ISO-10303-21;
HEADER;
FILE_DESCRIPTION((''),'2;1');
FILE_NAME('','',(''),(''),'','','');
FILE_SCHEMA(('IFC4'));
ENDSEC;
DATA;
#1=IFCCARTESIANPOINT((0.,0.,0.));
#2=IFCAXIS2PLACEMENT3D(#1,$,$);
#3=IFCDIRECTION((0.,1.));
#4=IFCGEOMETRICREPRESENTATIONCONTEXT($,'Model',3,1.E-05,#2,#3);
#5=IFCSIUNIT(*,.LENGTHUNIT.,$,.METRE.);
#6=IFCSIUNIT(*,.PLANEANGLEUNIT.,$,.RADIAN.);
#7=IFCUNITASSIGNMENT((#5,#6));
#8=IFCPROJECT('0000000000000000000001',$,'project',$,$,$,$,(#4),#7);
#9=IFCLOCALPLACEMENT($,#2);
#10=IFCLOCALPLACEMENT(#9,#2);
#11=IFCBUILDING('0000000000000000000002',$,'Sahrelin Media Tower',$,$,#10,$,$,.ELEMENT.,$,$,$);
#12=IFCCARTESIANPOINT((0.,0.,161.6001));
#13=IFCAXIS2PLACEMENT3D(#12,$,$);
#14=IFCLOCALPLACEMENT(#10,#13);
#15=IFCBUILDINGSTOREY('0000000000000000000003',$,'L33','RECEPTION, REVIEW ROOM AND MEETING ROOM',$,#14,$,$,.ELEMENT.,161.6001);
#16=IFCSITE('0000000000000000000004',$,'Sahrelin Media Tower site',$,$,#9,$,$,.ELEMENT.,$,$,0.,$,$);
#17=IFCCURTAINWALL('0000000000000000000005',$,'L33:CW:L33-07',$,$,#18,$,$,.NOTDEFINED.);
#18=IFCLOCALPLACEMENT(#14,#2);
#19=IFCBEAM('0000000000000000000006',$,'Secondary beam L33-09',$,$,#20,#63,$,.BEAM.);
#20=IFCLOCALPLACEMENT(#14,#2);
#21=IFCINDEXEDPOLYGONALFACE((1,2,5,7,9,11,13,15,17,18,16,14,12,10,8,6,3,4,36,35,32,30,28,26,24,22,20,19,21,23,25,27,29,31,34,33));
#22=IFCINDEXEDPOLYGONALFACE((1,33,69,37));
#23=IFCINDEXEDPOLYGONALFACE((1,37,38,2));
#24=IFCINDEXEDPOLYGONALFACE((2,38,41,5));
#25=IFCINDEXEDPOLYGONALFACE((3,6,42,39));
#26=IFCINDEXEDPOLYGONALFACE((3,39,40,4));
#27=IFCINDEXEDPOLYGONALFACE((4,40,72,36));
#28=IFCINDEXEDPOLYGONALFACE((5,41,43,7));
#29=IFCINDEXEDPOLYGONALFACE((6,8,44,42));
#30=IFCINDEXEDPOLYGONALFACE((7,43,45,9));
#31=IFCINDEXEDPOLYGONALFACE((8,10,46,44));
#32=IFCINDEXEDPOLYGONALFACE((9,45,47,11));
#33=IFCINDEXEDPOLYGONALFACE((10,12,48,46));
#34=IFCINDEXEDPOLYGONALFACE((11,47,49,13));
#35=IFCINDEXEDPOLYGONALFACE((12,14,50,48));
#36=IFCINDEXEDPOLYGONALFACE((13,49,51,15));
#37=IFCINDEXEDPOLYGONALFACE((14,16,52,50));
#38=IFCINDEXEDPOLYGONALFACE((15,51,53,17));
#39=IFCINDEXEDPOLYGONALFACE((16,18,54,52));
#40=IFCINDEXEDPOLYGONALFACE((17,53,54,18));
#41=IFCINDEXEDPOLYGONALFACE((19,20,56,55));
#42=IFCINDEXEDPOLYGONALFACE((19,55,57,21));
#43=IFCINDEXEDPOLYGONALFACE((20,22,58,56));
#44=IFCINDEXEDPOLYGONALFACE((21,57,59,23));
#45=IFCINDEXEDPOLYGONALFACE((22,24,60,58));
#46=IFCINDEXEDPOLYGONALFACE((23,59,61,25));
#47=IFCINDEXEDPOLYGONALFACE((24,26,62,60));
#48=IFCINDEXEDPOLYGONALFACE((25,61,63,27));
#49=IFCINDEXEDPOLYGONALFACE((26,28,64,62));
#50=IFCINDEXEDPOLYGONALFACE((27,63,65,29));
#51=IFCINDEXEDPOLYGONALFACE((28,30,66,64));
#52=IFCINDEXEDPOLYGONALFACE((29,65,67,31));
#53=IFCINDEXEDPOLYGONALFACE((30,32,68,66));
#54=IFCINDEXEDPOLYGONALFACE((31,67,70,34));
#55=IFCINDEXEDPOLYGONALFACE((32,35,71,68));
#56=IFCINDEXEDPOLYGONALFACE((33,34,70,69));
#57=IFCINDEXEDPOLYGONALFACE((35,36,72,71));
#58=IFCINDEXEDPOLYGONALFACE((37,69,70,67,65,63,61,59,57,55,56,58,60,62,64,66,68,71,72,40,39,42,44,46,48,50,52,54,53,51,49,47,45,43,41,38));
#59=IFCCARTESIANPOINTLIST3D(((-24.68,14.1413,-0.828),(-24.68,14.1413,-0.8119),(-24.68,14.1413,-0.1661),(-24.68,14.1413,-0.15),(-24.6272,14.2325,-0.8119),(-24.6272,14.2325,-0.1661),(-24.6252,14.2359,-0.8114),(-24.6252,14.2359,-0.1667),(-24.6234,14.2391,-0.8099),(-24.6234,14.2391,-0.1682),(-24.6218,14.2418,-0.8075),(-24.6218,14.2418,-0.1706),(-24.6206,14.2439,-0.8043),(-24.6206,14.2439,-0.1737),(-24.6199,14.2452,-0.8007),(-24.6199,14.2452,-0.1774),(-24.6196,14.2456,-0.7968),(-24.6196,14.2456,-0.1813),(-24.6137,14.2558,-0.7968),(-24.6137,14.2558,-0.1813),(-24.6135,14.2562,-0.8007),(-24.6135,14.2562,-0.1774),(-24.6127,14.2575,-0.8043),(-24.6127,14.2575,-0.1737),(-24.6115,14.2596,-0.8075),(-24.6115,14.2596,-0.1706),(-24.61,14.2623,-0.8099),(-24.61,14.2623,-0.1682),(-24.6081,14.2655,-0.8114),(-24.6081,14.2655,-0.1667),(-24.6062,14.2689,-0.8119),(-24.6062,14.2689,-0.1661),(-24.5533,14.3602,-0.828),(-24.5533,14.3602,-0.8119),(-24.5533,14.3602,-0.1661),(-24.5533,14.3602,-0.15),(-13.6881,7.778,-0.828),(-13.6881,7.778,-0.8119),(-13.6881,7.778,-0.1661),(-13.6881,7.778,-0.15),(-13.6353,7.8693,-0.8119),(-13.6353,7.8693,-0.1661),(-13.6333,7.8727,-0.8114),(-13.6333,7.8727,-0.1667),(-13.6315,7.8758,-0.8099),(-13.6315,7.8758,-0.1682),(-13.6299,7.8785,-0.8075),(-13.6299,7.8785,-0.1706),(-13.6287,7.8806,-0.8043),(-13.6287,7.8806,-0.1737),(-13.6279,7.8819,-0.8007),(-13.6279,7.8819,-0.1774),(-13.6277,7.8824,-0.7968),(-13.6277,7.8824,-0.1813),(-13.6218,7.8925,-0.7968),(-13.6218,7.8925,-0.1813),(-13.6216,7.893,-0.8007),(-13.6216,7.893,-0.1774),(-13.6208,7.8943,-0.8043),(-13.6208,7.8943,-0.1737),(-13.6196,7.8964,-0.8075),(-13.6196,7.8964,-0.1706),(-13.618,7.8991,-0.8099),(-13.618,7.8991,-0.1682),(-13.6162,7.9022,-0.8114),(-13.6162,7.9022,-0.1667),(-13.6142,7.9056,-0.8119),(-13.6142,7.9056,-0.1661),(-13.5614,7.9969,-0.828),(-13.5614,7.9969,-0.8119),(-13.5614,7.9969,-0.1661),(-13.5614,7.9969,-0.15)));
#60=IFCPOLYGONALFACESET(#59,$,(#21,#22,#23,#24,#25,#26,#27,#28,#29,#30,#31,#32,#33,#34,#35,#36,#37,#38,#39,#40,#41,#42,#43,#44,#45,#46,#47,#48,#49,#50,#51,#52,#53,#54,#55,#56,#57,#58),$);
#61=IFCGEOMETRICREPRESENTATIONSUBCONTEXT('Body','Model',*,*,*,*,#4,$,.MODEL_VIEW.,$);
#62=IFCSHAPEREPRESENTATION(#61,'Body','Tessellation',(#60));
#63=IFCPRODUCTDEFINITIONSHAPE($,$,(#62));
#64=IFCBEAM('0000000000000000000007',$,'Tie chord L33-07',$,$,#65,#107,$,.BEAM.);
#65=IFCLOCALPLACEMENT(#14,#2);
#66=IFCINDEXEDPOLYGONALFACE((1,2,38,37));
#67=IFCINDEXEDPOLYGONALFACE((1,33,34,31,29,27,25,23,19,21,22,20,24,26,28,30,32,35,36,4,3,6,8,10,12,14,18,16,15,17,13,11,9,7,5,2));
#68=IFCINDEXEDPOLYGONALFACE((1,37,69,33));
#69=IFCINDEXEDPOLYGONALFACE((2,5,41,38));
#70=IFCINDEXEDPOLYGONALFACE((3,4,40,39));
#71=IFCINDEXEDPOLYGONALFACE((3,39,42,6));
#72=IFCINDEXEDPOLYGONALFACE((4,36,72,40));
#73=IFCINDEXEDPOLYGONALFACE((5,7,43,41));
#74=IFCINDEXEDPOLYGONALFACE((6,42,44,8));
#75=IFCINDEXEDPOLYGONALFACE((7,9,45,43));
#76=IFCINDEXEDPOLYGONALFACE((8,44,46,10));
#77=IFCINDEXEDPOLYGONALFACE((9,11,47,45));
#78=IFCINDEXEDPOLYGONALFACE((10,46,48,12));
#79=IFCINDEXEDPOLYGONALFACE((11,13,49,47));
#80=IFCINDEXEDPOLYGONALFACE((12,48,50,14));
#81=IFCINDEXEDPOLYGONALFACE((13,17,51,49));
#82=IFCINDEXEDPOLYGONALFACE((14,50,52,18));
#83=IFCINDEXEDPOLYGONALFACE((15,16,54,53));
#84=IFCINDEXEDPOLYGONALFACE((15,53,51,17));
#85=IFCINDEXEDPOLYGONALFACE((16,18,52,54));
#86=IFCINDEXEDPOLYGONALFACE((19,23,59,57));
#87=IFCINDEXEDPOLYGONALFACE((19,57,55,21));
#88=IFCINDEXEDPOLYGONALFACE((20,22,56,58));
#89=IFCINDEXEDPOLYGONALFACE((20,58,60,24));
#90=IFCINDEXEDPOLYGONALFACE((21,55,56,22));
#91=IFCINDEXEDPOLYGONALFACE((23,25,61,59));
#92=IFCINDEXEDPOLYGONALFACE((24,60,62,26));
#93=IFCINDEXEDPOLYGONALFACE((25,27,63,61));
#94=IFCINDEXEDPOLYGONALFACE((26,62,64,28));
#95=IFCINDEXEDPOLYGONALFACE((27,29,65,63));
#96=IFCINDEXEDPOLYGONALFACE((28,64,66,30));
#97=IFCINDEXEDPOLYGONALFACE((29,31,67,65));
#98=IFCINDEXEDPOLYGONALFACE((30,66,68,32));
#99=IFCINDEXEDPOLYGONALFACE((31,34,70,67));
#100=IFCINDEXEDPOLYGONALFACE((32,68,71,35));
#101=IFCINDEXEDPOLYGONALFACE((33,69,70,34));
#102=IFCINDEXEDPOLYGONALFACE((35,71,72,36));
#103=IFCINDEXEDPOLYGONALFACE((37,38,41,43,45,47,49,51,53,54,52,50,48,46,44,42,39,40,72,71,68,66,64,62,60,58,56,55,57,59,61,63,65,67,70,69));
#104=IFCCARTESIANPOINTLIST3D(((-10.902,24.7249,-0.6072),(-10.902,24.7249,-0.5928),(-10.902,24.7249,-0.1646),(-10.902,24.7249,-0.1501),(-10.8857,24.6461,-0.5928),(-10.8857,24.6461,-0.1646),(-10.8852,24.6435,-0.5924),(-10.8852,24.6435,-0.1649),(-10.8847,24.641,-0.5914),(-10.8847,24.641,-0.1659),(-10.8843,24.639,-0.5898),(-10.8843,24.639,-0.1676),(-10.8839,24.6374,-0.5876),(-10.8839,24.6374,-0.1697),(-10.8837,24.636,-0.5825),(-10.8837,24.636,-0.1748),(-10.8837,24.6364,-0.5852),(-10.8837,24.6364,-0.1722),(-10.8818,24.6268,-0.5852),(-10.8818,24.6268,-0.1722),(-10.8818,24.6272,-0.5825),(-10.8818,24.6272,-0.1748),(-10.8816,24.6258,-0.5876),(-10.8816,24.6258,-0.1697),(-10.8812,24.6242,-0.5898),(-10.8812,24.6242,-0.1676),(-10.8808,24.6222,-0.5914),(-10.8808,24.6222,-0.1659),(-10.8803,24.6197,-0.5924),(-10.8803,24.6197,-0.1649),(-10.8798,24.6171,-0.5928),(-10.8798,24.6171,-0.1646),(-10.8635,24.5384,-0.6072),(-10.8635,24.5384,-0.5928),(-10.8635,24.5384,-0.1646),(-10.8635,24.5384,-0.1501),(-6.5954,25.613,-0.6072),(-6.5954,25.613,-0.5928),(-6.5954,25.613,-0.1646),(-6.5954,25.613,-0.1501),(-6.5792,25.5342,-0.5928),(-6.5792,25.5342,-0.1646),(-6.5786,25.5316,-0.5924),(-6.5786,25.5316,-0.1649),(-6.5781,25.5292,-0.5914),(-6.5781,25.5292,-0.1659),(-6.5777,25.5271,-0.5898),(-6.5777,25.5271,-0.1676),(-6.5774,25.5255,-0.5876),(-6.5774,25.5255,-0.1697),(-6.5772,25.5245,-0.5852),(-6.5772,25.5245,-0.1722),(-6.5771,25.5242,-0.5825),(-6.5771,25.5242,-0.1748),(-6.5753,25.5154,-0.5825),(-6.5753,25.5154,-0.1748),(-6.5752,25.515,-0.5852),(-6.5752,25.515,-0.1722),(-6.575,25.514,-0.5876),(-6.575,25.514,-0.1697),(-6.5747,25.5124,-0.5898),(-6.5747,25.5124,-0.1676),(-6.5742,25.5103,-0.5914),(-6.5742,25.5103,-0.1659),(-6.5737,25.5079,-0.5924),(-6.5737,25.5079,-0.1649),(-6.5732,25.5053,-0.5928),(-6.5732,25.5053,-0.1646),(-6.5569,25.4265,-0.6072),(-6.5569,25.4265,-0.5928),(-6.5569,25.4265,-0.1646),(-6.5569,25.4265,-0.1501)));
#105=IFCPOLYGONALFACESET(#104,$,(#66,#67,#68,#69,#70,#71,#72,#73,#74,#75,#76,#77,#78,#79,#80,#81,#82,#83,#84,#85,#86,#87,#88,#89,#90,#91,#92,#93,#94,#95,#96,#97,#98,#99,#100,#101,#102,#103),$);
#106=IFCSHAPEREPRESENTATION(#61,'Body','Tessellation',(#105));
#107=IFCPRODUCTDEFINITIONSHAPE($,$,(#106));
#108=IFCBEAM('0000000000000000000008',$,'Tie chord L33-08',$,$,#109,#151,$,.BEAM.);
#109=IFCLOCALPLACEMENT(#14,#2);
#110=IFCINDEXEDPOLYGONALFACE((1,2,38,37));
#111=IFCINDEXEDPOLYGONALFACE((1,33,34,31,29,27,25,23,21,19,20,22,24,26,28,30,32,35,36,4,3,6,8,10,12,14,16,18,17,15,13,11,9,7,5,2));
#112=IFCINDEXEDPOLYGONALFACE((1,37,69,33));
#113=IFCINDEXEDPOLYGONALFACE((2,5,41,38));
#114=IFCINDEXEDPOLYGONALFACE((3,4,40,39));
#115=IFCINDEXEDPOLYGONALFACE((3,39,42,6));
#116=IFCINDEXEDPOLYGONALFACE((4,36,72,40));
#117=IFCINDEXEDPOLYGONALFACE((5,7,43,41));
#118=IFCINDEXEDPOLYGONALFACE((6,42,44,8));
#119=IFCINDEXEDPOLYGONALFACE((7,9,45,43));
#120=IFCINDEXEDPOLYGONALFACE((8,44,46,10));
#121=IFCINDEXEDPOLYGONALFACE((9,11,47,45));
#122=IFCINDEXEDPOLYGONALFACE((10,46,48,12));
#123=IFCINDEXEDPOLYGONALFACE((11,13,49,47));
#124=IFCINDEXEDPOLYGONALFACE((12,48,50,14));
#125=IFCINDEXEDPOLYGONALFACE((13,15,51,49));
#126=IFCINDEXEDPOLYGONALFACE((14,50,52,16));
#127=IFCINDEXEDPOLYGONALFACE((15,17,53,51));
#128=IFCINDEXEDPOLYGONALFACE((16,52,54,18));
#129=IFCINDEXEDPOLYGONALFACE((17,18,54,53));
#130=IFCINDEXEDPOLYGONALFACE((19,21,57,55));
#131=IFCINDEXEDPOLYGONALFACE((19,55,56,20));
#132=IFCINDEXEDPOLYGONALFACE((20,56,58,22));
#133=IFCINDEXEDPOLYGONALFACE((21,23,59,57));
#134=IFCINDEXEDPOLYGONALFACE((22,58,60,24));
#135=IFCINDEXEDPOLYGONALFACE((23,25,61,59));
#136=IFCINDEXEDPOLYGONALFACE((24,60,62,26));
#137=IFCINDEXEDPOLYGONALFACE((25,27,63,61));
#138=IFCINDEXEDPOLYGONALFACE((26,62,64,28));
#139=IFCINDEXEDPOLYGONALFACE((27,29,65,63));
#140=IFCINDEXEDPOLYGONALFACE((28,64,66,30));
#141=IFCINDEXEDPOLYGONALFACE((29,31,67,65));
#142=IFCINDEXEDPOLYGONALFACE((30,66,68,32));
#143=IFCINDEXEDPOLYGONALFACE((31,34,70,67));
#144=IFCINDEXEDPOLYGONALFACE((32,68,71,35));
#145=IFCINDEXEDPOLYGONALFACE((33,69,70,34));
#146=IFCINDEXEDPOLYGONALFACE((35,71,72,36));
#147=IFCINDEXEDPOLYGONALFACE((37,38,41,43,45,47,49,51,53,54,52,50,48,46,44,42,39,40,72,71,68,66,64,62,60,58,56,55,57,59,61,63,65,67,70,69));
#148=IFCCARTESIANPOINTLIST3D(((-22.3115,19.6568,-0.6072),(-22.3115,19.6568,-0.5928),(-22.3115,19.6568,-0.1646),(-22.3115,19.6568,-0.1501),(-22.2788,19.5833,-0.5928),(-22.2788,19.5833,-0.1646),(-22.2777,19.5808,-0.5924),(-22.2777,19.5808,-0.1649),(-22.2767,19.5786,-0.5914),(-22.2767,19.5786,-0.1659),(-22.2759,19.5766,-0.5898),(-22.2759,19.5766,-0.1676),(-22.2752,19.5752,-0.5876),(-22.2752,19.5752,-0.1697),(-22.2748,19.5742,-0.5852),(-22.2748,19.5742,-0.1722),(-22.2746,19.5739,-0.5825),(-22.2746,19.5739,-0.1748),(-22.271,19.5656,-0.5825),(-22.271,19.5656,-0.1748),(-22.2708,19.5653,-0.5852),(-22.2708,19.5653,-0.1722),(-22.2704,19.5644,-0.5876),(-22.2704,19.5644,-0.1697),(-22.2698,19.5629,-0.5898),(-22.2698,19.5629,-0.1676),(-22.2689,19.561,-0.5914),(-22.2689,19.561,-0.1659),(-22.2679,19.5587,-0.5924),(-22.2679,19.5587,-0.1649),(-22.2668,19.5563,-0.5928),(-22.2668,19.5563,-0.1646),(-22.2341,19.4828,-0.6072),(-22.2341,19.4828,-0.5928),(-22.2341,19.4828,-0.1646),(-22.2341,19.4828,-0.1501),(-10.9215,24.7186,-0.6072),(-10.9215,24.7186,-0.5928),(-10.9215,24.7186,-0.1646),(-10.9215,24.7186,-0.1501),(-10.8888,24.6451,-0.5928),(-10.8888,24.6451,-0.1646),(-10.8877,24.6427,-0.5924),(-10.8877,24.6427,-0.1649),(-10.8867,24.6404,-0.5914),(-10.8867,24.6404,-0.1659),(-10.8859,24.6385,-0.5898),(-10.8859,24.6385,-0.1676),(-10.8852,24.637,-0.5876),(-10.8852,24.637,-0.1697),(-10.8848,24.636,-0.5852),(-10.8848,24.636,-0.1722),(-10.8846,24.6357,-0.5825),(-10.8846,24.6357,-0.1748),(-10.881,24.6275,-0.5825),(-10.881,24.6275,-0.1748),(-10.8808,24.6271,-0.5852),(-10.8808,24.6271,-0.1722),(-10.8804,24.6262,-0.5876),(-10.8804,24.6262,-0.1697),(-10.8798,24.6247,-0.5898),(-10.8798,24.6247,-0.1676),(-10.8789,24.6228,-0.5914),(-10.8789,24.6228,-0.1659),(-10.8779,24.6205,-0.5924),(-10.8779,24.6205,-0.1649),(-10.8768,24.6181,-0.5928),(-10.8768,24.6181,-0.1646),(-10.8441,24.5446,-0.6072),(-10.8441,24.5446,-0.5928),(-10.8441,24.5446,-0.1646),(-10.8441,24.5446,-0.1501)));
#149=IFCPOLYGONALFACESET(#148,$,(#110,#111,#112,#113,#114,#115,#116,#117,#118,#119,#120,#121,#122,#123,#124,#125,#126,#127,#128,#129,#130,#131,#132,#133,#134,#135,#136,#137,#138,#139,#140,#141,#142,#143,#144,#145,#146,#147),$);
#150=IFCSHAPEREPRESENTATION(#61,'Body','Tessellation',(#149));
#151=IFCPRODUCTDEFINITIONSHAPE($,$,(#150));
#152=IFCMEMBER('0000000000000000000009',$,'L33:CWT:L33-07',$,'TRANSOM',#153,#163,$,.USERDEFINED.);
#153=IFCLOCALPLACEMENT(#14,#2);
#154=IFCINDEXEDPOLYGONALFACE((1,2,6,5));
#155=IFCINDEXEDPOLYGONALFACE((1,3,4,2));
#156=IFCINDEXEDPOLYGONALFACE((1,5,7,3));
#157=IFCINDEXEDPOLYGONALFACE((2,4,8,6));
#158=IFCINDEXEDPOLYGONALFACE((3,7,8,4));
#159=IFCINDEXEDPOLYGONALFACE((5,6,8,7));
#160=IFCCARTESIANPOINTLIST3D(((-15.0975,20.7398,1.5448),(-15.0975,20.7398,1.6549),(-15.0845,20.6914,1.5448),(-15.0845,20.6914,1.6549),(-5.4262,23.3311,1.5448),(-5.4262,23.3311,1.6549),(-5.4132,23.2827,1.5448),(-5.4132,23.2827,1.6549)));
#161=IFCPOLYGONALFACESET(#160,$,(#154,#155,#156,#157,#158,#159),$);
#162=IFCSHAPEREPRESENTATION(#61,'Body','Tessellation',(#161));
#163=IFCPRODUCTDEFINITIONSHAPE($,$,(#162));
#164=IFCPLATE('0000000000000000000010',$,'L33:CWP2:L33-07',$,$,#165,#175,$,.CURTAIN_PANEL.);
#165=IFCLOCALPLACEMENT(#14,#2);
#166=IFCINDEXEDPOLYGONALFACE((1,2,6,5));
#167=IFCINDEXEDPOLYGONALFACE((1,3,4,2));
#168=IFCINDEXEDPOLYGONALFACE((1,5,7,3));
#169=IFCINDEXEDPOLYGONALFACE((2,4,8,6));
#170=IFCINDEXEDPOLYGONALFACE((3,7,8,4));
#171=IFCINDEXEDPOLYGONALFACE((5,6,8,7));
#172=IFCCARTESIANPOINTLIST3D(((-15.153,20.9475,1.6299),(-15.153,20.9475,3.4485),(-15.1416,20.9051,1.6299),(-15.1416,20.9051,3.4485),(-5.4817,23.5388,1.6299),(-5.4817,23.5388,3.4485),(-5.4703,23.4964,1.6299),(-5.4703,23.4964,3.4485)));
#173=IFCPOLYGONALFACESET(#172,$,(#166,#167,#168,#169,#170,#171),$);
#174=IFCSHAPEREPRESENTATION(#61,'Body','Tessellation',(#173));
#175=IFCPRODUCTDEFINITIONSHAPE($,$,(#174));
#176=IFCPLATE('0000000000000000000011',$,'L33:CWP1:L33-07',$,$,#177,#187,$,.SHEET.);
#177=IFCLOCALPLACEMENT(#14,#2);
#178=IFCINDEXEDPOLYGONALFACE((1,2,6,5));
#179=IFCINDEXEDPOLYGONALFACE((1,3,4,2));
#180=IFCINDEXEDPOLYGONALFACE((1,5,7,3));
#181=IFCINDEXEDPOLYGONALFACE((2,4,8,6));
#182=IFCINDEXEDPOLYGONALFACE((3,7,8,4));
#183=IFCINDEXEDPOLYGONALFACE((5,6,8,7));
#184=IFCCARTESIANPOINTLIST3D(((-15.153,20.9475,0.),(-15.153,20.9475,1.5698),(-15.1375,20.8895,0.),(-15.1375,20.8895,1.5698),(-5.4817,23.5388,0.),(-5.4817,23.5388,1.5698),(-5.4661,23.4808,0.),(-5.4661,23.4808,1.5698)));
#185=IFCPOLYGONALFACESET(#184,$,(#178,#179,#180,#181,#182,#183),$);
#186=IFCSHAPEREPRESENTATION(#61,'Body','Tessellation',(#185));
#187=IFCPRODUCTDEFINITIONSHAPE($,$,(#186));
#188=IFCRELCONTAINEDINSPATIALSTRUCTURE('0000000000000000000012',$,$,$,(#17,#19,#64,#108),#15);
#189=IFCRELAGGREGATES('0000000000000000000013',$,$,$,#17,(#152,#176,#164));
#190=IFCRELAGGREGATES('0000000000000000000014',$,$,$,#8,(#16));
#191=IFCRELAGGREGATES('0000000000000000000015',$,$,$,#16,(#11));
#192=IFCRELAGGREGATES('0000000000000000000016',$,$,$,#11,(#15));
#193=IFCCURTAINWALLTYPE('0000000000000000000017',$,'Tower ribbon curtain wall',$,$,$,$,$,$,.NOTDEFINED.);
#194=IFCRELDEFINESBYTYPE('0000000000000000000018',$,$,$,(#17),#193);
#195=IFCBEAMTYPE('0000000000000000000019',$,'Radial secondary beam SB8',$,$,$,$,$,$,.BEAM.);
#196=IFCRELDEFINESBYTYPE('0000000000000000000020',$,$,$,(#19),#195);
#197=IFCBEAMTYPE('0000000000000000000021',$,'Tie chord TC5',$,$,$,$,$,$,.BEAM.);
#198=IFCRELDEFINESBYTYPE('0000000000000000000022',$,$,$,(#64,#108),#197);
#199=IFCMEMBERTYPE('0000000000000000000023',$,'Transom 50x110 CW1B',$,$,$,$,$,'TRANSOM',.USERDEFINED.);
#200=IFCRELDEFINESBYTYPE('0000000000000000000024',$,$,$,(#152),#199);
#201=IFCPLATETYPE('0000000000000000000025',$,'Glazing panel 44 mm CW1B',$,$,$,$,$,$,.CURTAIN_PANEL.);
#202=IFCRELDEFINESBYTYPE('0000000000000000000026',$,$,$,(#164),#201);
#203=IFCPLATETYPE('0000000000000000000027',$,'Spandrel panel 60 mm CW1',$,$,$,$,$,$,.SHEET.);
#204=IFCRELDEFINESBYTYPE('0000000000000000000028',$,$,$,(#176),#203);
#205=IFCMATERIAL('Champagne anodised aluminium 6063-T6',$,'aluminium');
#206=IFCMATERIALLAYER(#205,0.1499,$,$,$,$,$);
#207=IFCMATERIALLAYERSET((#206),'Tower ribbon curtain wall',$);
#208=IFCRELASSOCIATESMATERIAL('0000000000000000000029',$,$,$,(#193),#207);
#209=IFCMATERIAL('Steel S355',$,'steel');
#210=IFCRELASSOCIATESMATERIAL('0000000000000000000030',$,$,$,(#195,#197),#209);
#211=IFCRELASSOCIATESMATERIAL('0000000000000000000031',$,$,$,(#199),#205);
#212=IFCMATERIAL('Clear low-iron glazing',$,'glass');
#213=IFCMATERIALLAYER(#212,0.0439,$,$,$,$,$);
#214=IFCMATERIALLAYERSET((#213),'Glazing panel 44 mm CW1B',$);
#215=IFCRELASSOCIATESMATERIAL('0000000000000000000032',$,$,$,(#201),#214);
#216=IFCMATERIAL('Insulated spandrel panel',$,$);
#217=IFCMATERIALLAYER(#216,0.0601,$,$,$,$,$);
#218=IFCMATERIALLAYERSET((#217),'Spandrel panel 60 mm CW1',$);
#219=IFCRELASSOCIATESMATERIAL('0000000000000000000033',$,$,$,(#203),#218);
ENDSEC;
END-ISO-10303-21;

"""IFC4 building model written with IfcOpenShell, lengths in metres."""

from ifc_helpers import new_model, si_unit, direction, frame, origin, origin_2d, place, context, subcontext, project, spatial, polyline, rectangle, i_section, outline, extrude, material, layer, layer_set, material_profile, profile_set, type_object, element, aggregate, save


model = new_model("IFC4")

# Units and contexts
model_context = context("Model", 3, precision=1e-05, world=origin(), true_north=direction((0.0, 1.0)))
body_context = subcontext(model_context, "Body", "Model", "MODEL_VIEW")
ifc_project = project(units=[si_unit("LENGTHUNIT", "METRE"), si_unit("PLANEANGLEUNIT", "RADIAN")], contexts=[model_context])

# Site, building, storey
site_placement = place(None, origin())
site = spatial("IfcSite", under=ifc_project, at=site_placement, Name="Sahrelin Media Tower site", CompositionType="ELEMENT", RefElevation=0.0)
building_placement = place(site_placement, origin())
building = spatial("IfcBuilding", under=site, at=building_placement, Name="Sahrelin Media Tower", CompositionType="ELEMENT")
storey_placement = place(building_placement, frame((0.0, 0.0, 161.6001)))
storey = spatial("IfcBuildingStorey", under=building, at=storey_placement, Name="L33", Description="RECEPTION, REVIEW ROOM AND MEETING ROOM", CompositionType="ELEMENT", Elevation=161.6001)

# Shared definitions
ifc_material_1 = material(Name="Steel S355", Category="steel")

# Curtain wall
ifc_material_2 = material(Name="Champagne anodised aluminium 6063-T6", Category="aluminium")
ifc_layer_1 = layer(ifc_material_2, 0.1499)
ifc_layer_set_1 = layer_set([ifc_layer_1], Name="Tower ribbon curtain wall")
curtain_wall_type = type_object("IfcCurtainWallType", Name="Tower ribbon curtain wall", PredefinedType="NOTDEFINED", material=ifc_layer_set_1)
curtain_wall_placement = place(storey_placement, frame((-10.3123, 22.2236, 0.0), z_axis=(0.0, 0.0, 1.0), x_axis=(1.0, 0.0, 0.0)))
curtain_wall = element("IfcCurtainWall", 1, at=curtain_wall_placement, inside=storey, type_object=curtain_wall_type, Name="L33:CW:L33-07", PredefinedType="NOTDEFINED")

# Beams
ifc_material_profile_1 = material_profile(ifc_material_1, i_section(OverallWidth=0.2529, OverallDepth=0.678, WebThickness=0.0117, FlangeThickness=0.0161, FilletRadius=0.0151, at=origin_2d()), Name="UB 686x254x125")
ifc_profile_set_1 = profile_set([ifc_material_profile_1], Name="Steel S355")
beam_type_1 = type_object("IfcBeamType", Name="Radial secondary beam SB8", PredefinedType="BEAM", material=ifc_profile_set_1)
beam_1_placement = place(storey_placement, frame((-13.6248, 7.8875, -0.489), z_axis=(-0.865443, 0.501008, 0.0), x_axis=(-0.501008, -0.865443, 0.0)))
element("IfcBeam", 2, at=beam_1_placement, inside=storey, type_object=beam_type_1, Name="Secondary beam L33-09", PredefinedType="BEAM", context=body_context, shape_type="SweptSolid", body=[
    extrude(i_section(OverallWidth=0.2529, OverallDepth=0.678, WebThickness=0.0117, FlangeThickness=0.0161, FilletRadius=0.0151, at=origin_2d()), origin(), (0.0, 0.0, 1.0), 12.7009),
])
ifc_material_profile_2 = material_profile(ifc_material_1, i_section(OverallWidth=0.1904, OverallDepth=0.457, WebThickness=0.009, FlangeThickness=0.0144, FilletRadius=0.0103, at=origin_2d()), Name="UB 457x191x74")
ifc_profile_set_2 = profile_set([ifc_material_profile_2], Name="Steel S355")
beam_type_2 = type_object("IfcBeamType", Name="Tie chord TC5", PredefinedType="BEAM", material=ifc_profile_set_2)
beam_2_placement = place(storey_placement, frame((-6.5762, 25.5198, -0.3787), z_axis=(-0.979389, -0.201985, 0.0), x_axis=(0.201985, -0.979389, 0.0)))
element("IfcBeam", 3, at=beam_2_placement, inside=storey, type_object=beam_type_2, Name="Tie chord L33-07", PredefinedType="BEAM", context=body_context, shape_type="SweptSolid", body=[
    extrude(i_section(OverallWidth=0.1904, OverallDepth=0.457, WebThickness=0.009, FlangeThickness=0.0144, FilletRadius=0.0103, at=origin_2d()), origin(), (0.0, 0.0, 1.0), 4.3972),
])
beam_3_placement = place(storey_placement, frame((-10.8828, 24.6316, -0.3787), z_axis=(-0.913824, -0.406111, 0.0), x_axis=(0.406111, -0.913824, 0.0)))
element("IfcBeam", 4, at=beam_3_placement, inside=storey, type_object=beam_type_2, Name="Tie chord L33-08", PredefinedType="BEAM", context=body_context, shape_type="SweptSolid", body=[
    extrude(i_section(OverallWidth=0.1904, OverallDepth=0.457, WebThickness=0.009, FlangeThickness=0.0144, FilletRadius=0.0103, at=origin_2d()), origin(), (0.0, 0.0, 1.0), 12.4641),
])

# Member
ifc_material_profile_3 = material_profile(ifc_material_2, rectangle(XDim=0.05, YDim=0.1101, at=origin_2d()), Name="Transom 50x110")
ifc_profile_set_3 = profile_set([ifc_material_profile_3], Name="Champagne anodised aluminium 6063-T6")
member_type_1 = type_object("IfcMemberType", Name="Transom 50x110 CW1B", ElementType="TRANSOM", PredefinedType="USERDEFINED", material=ifc_profile_set_3)
member_1_placement = place(storey_placement, frame((-5.4197, 23.3069, 1.5999), z_axis=(-0.965929, -0.258807, 0.0), x_axis=(0.258807, -0.965929, 0.0)))
member_1 = element("IfcMember", 5, at=member_1_placement, type_object=member_type_1, Name="L33:CWT:L33-07", ObjectType="TRANSOM", PredefinedType="USERDEFINED", context=body_context, shape_type="SweptSolid", body=[
    extrude(rectangle(XDim=0.05, YDim=0.1101, at=origin_2d()), origin(), (0.0, 0.0, 1.0), 10.0125),
])

# Plates
ifc_material_3 = material(Name="Clear low-iron glazing", Category="glass")
ifc_layer_2 = layer(ifc_material_3, 0.0439)
ifc_layer_set_2 = layer_set([ifc_layer_2], Name="Glazing panel 44 mm CW1B")
plate_type_1 = type_object("IfcPlateType", Name="Glazing panel 44 mm CW1B", PredefinedType="CURTAIN_PANEL", material=ifc_layer_set_2)
plate_1_placement = place(storey_placement, frame((-5.4817, 23.5388, 1.6299), z_axis=(-0.258807, 0.965929, 0.0), x_axis=(-0.965929, -0.258807, 0.0)))
plate_1 = element("IfcPlate", 6, at=plate_1_placement, type_object=plate_type_1, Name="L33:CWP2:L33-07", PredefinedType="CURTAIN_PANEL", context=body_context, shape_type="SweptSolid", body=[
    extrude(outline(polyline([(0.0, 0.0), (10.0125, 0.0), (10.0125, 1.8186), (0.0, 1.8186), (0.0, 0.0)])), origin(), (0.0, 0.0, -1.0), 0.0439),
])
ifc_material_4 = material(Name="Insulated spandrel panel")
ifc_layer_3 = layer(ifc_material_4, 0.0601)
ifc_layer_set_3 = layer_set([ifc_layer_3], Name="Spandrel panel 60 mm CW1")
plate_type_2 = type_object("IfcPlateType", Name="Spandrel panel 60 mm CW1", PredefinedType="SHEET", material=ifc_layer_set_3)
plate_2_placement = place(storey_placement, frame((-5.4817, 23.5388, 0.0), z_axis=(-0.258807, 0.965929, 0.0), x_axis=(-0.965929, -0.258807, 0.0)))
plate_2 = element("IfcPlate", 7, at=plate_2_placement, type_object=plate_type_2, Name="L33:CWP1:L33-07", PredefinedType="SHEET", context=body_context, shape_type="SweptSolid", body=[
    extrude(outline(polyline([(0.0, 0.0), (10.0125, 0.0), (10.0125, 1.5698), (0.0, 1.5698), (0.0, 0.0)])), origin(), (0.0, 0.0, -1.0), 0.0601),
])
aggregate(curtain_wall, [member_1, plate_2, plate_1])

save(model, "model.ifc")
